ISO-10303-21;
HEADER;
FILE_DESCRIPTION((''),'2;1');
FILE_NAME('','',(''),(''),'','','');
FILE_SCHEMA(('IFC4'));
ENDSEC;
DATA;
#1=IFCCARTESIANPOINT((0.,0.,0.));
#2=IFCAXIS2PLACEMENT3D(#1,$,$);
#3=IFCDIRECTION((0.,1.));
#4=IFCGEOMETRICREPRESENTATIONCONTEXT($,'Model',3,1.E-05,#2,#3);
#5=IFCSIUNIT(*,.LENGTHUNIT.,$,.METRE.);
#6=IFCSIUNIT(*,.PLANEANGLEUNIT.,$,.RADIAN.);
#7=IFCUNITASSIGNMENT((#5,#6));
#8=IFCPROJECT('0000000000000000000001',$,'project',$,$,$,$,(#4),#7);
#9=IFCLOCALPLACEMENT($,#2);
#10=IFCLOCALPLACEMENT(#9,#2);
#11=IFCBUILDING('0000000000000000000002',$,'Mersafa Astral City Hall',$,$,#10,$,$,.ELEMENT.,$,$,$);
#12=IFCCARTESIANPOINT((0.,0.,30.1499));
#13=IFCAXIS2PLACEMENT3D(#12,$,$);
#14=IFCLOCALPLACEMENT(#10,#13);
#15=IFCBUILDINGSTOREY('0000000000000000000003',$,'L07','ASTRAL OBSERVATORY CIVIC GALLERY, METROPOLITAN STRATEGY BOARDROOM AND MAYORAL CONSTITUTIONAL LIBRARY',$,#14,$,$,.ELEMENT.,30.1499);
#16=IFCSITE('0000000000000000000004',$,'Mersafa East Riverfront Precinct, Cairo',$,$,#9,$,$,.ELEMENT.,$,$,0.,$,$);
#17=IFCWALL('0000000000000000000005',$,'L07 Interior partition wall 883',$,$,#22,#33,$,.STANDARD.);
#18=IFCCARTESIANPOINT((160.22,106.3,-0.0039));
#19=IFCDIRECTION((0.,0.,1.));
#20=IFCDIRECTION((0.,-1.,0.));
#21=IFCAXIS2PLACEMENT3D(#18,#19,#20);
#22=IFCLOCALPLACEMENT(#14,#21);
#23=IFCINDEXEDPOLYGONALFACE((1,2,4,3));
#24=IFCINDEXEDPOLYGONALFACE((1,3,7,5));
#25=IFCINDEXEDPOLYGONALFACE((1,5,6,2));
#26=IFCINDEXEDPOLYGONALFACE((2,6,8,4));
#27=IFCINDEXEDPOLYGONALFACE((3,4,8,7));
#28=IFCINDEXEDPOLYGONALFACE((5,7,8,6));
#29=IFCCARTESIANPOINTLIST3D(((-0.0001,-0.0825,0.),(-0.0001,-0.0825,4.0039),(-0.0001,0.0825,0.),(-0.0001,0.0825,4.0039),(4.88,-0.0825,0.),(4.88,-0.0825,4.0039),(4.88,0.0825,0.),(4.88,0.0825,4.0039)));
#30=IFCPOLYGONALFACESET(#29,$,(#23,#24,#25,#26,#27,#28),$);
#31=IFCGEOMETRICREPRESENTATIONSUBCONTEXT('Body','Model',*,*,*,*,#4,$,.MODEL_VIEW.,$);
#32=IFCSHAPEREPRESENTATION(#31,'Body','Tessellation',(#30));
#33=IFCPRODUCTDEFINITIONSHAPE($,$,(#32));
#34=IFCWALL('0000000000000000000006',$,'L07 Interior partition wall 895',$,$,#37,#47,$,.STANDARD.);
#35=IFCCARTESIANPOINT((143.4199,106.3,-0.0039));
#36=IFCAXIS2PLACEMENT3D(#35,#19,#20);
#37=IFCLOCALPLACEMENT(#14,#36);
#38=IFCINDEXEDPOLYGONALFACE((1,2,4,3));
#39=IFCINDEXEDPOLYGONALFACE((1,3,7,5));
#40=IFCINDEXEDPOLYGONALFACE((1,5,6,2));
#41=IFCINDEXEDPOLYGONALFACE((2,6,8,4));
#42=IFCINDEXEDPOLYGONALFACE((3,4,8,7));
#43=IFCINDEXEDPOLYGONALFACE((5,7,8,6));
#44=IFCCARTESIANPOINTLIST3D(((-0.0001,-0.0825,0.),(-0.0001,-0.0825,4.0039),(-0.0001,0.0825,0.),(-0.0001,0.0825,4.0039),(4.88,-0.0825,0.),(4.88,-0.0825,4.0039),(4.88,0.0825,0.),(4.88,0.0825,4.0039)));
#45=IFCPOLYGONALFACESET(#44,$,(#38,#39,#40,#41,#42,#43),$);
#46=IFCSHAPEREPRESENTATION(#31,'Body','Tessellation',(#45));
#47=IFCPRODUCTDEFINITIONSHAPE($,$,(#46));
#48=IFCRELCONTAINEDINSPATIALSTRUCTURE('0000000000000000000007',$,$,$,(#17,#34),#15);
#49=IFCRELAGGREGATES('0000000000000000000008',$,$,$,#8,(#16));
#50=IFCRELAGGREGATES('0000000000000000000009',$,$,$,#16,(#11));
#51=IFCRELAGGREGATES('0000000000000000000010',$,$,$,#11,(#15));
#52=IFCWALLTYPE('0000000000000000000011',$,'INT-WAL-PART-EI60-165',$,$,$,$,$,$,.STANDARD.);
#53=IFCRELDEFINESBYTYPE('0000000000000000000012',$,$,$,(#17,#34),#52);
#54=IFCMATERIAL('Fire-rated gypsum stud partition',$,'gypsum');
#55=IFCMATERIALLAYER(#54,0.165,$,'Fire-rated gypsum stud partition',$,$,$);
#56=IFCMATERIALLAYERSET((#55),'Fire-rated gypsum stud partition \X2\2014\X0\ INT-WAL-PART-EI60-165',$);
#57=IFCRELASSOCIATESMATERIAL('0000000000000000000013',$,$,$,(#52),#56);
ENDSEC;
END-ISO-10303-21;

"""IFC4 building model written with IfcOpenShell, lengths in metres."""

from ifc_helpers import new_model, si_unit, direction, frame, frame_2d, origin, place, context, subcontext, project, spatial, rectangle, extrude, material, layer, layer_set, type_object, element, save


model = new_model("IFC4")

# Units and contexts
model_context = context("Model", 3, precision=1e-05, world=origin(), true_north=direction((0.0, 1.0)))
body_context = subcontext(model_context, "Body", "Model", "MODEL_VIEW")
ifc_project = project(units=[si_unit("LENGTHUNIT", "METRE"), si_unit("PLANEANGLEUNIT", "RADIAN")], contexts=[model_context])

# Site, building, storey
site_placement = place(None, origin())
site = spatial("IfcSite", under=ifc_project, at=site_placement, Name="Mersafa East Riverfront Precinct, Cairo", CompositionType="ELEMENT", RefElevation=0.0)
building_placement = place(site_placement, origin())
building = spatial("IfcBuilding", under=site, at=building_placement, Name="Mersafa Astral City Hall", CompositionType="ELEMENT")
storey_placement = place(building_placement, frame((0.0, 0.0, 30.1499)))
storey = spatial("IfcBuildingStorey", under=building, at=storey_placement, Name="L07", Description="ASTRAL OBSERVATORY CIVIC GALLERY, METROPOLITAN STRATEGY BOARDROOM AND MAYORAL CONSTITUTIONAL LIBRARY", CompositionType="ELEMENT", Elevation=30.1499)

# Walls
ifc_material_1 = material(Name="Fire-rated gypsum stud partition", Category="gypsum")
ifc_layer_1 = layer(ifc_material_1, 0.165, Name="Fire-rated gypsum stud partition")
ifc_layer_set_1 = layer_set([ifc_layer_1], Name="Fire-rated gypsum stud partition — INT-WAL-PART-EI60-165")
wall_type_1 = type_object("IfcWallType", Name="INT-WAL-PART-EI60-165", PredefinedType="STANDARD", material=ifc_layer_set_1)
wall_1_placement = place(storey_placement, frame((160.22, 106.3, -0.0039), z_axis=(0.0, 0.0, 1.0), x_axis=(0.0, -1.0, 0.0)))
element("IfcWall", 1, at=wall_1_placement, inside=storey, type_object=wall_type_1, Name="L07 Interior partition wall 883", PredefinedType="STANDARD", context=body_context, shape_type="SweptSolid", body=[
    extrude(rectangle(XDim=4.8801, YDim=0.165, at=frame_2d((2.4399, 0.0))), origin(), (0.0, 0.0, 1.0), 4.0039),
])
wall_2_placement = place(storey_placement, frame((143.4199, 106.3, -0.0039), z_axis=(0.0, 0.0, 1.0), x_axis=(0.0, -1.0, 0.0)))
element("IfcWall", 2, at=wall_2_placement, inside=storey, type_object=wall_type_1, Name="L07 Interior partition wall 895", PredefinedType="STANDARD", context=body_context, shape_type="SweptSolid", body=[
    extrude(rectangle(XDim=4.8801, YDim=0.165, at=frame_2d((2.4399, 0.0))), origin(), (0.0, 0.0, 1.0), 4.0039),
])

save(model, "model.ifc")
